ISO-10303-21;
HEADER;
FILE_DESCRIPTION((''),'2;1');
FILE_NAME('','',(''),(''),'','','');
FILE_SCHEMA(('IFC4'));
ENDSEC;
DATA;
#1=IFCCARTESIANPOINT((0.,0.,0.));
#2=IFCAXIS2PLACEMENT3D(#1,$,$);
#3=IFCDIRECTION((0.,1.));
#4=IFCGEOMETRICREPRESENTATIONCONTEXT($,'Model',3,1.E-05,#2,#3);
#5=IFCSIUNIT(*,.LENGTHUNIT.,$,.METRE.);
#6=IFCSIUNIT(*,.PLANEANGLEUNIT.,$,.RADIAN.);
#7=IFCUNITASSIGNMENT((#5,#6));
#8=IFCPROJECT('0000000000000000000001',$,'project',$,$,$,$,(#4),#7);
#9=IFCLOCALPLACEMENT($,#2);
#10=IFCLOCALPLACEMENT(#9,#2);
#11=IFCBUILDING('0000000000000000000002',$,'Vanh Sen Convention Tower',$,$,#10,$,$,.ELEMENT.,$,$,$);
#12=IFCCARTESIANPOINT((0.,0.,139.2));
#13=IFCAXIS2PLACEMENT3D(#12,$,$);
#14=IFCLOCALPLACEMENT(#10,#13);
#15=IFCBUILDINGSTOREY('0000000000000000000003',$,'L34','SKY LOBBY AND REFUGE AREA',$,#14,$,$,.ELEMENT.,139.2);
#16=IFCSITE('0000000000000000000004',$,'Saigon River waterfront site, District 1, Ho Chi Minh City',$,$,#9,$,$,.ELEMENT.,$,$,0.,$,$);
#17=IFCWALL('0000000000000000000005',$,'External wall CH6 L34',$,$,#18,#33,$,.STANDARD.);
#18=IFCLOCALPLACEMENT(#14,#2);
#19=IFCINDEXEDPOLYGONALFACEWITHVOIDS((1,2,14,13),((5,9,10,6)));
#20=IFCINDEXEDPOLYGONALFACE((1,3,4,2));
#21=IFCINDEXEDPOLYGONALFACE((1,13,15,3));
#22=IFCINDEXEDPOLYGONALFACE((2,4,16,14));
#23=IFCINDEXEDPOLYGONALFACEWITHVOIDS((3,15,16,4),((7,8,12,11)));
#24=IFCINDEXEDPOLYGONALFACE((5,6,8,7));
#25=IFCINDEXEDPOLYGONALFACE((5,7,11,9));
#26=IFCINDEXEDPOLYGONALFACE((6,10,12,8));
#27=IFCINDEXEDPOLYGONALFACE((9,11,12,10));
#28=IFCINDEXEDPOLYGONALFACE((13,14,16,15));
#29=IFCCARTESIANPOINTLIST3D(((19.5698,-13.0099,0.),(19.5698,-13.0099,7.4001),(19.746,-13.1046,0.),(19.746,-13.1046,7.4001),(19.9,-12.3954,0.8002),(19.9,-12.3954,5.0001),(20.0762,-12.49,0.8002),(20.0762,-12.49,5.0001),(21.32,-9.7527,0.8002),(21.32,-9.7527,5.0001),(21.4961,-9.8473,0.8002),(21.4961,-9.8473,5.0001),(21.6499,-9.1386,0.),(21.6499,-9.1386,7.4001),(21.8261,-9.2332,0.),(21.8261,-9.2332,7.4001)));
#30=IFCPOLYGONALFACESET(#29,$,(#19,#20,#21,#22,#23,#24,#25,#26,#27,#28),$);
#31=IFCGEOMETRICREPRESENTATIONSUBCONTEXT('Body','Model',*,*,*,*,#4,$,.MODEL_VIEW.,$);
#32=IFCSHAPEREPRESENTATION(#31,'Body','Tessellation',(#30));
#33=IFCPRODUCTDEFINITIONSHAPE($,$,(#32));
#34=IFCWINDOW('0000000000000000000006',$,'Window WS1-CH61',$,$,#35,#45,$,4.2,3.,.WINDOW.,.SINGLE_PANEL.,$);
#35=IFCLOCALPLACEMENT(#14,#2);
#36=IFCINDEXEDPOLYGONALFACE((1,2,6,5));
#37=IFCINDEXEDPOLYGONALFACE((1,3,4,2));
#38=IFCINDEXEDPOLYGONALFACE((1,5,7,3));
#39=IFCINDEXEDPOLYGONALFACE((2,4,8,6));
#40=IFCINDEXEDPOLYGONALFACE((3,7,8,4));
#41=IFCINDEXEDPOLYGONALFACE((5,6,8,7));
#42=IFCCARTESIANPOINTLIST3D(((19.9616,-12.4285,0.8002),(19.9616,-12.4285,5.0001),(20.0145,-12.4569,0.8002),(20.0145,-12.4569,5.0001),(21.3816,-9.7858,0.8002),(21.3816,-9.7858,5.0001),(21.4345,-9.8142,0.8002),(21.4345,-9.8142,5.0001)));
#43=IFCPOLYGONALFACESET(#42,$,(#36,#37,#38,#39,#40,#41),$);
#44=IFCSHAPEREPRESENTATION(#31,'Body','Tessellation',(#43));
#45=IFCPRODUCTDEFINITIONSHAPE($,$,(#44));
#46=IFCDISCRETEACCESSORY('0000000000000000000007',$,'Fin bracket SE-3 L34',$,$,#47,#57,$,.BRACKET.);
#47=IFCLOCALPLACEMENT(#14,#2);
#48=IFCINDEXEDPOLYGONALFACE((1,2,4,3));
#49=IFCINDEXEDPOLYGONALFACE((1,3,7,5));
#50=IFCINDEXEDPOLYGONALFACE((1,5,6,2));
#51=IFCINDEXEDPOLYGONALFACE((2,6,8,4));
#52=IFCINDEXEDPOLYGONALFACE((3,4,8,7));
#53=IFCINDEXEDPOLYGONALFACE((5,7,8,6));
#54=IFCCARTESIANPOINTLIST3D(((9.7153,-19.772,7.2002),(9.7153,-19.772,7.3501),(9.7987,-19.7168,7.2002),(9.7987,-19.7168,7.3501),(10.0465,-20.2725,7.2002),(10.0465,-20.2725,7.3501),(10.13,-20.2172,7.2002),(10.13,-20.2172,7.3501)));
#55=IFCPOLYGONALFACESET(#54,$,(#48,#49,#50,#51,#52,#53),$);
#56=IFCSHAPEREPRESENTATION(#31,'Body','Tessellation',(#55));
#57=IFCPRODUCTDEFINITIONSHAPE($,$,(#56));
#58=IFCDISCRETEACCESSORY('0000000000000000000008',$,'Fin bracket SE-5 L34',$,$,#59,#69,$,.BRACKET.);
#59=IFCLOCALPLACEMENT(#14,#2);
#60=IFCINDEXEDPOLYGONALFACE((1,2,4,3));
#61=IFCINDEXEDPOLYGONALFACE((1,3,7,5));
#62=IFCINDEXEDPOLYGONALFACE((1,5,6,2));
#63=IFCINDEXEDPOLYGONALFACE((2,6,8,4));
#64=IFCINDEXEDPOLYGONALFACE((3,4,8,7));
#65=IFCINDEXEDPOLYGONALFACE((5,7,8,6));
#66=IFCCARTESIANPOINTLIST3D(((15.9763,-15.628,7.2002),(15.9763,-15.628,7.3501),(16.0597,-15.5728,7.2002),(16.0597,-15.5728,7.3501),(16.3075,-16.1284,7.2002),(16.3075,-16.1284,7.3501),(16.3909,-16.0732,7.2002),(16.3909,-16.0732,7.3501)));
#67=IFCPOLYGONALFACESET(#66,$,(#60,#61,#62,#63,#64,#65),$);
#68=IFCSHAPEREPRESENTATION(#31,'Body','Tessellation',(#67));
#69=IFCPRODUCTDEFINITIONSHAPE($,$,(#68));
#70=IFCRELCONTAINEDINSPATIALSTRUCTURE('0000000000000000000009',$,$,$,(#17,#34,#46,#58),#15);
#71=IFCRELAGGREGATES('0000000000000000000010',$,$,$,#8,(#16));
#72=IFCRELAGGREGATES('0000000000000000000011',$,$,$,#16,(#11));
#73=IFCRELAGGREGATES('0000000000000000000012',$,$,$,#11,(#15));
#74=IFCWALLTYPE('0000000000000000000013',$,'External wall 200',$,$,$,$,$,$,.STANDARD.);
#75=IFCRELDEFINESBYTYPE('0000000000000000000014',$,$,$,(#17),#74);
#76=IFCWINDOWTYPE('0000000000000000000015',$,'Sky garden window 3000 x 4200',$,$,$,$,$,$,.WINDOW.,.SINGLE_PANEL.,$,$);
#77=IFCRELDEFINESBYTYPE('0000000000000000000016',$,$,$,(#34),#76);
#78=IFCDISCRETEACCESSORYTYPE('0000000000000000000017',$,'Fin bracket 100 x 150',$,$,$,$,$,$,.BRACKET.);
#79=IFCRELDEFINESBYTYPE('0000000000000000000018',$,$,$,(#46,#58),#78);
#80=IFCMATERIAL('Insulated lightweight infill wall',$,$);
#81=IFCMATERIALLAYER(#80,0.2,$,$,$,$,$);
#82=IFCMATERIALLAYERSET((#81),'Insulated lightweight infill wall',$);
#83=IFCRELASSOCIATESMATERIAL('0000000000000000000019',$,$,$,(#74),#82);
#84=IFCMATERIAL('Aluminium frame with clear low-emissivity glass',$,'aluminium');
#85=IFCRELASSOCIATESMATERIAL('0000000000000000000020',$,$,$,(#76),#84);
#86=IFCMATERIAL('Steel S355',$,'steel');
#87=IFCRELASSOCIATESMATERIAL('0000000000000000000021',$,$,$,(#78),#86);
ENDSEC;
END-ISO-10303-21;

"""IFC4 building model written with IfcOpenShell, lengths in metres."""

from ifc_helpers import new_model, si_unit, direction, frame, frame_2d, origin, origin_2d, place, context, subcontext, project, spatial, rectangle, extrude, material, layer, layer_set, type_object, element, fill, save


model = new_model("IFC4")

# Units and contexts
model_context = context("Model", 3, precision=1e-05, world=origin(), true_north=direction((0.0, 1.0)))
body_context = subcontext(model_context, "Body", "Model", "MODEL_VIEW")
ifc_project = project(units=[si_unit("LENGTHUNIT", "METRE"), si_unit("PLANEANGLEUNIT", "RADIAN")], contexts=[model_context])

# Site, building, storey
site_placement = place(None, origin())
site = spatial("IfcSite", under=ifc_project, at=site_placement, Name="Saigon River waterfront site, District 1, Ho Chi Minh City", CompositionType="ELEMENT", RefElevation=0.0)
building_placement = place(site_placement, origin())
building = spatial("IfcBuilding", under=site, at=building_placement, Name="Vanh Sen Convention Tower", CompositionType="ELEMENT")
storey_placement = place(building_placement, frame((0.0, 0.0, 139.2)))
storey = spatial("IfcBuildingStorey", under=building, at=storey_placement, Name="L34", Description="SKY LOBBY AND REFUGE AREA", CompositionType="ELEMENT", Elevation=139.2)

# Wall, opening, window
ifc_material_1 = material(Name="Insulated lightweight infill wall")
ifc_layer_1 = layer(ifc_material_1, 0.2)
ifc_layer_set_1 = layer_set([ifc_layer_1], Name="Insulated lightweight infill wall")
wall_type = type_object("IfcWallType", Name="External wall 200", PredefinedType="STANDARD", material=ifc_layer_set_1)
wall_placement = place(storey_placement, frame((19.658, -13.0571, 0.0), z_axis=(0.0, 0.0, 1.0), x_axis=(0.473308, 0.880897, 0.0)))
wall = element("IfcWall", 1, at=wall_placement, inside=storey, type_object=wall_type, Name="External wall CH6 L34", PredefinedType="STANDARD", context=body_context, shape_type="SweptSolid", body=[
    extrude(rectangle(XDim=4.3948, YDim=0.2, at=frame_2d((2.1973, 0.0))), origin(), (0.0, 0.0, 1.0), 7.4001),
])
opening_placement = place(wall_placement, frame((0.6975, 0.0, 0.8)))
opening = element("IfcOpeningElement", 2, at=opening_placement, cuts=wall, PredefinedType="OPENING", context=body_context, shape_type="SweptSolid", body=[
    extrude(rectangle(XDim=3.0, YDim=4.2, at=frame_2d((1.5, 2.1001))), frame((0.0, 0.1099, 0.0), z_axis=(0.0, -1.0, 0.0), x_axis=(1.0, 0.0, 0.0)), (0.0, 0.0, 1.0), 0.22),
])
ifc_material_2 = material(Name="Aluminium frame with clear low-emissivity glass", Category="aluminium")
window_type = type_object("IfcWindowType", Name="Sky garden window 3000 x 4200", PartitioningType="SINGLE_PANEL", PredefinedType="WINDOW", material=ifc_material_2)
window_placement = place(opening_placement, origin())
window = element("IfcWindow", 3, at=window_placement, inside=storey, type_object=window_type, Name="Window WS1-CH61", OverallHeight=4.2, OverallWidth=3.0, PartitioningType="SINGLE_PANEL", PredefinedType="WINDOW", context=body_context, shape_type="SweptSolid", body=[
    extrude(rectangle(XDim=3.0, YDim=4.2, at=frame_2d((1.5, 2.1001))), frame((0.0, 0.03, 0.0), z_axis=(0.0, -1.0, 0.0), x_axis=(1.0, 0.0, 0.0)), (0.0, 0.0, 1.0), 0.0601),
])
fill(opening, window)

# Discrete accessories
ifc_material_3 = material(Name="Steel S355", Category="steel")
discrete_accessory_type = type_object("IfcDiscreteAccessoryType", Name="Fin bracket 100 x 150", PredefinedType="BRACKET", material=ifc_material_3)
for number, where, z_axis, x_axis, name in (
    (4, (9.9226, -19.9946, 7.2002), (0.0, 0.0, 1.0), (0.551937, -0.833886, 0.0), "Fin bracket SE-3 L34"),
    (5, (16.1836, -15.8506, 7.2002), (0.0, 0.0, 1.0), (0.551937, -0.833886, 0.0), "Fin bracket SE-5 L34"),
):
    element("IfcDiscreteAccessory", number, at=place(storey_placement, frame(where, z_axis=z_axis, x_axis=x_axis)), inside=storey, type_object=discrete_accessory_type, Name=name, PredefinedType="BRACKET", context=body_context, shape_type="SweptSolid", body=[
        extrude(rectangle(XDim=0.6001, YDim=0.1001, at=origin_2d()), origin(), (0.0, 0.0, 1.0), 0.1499),
    ])

save(model, "model.ifc")
